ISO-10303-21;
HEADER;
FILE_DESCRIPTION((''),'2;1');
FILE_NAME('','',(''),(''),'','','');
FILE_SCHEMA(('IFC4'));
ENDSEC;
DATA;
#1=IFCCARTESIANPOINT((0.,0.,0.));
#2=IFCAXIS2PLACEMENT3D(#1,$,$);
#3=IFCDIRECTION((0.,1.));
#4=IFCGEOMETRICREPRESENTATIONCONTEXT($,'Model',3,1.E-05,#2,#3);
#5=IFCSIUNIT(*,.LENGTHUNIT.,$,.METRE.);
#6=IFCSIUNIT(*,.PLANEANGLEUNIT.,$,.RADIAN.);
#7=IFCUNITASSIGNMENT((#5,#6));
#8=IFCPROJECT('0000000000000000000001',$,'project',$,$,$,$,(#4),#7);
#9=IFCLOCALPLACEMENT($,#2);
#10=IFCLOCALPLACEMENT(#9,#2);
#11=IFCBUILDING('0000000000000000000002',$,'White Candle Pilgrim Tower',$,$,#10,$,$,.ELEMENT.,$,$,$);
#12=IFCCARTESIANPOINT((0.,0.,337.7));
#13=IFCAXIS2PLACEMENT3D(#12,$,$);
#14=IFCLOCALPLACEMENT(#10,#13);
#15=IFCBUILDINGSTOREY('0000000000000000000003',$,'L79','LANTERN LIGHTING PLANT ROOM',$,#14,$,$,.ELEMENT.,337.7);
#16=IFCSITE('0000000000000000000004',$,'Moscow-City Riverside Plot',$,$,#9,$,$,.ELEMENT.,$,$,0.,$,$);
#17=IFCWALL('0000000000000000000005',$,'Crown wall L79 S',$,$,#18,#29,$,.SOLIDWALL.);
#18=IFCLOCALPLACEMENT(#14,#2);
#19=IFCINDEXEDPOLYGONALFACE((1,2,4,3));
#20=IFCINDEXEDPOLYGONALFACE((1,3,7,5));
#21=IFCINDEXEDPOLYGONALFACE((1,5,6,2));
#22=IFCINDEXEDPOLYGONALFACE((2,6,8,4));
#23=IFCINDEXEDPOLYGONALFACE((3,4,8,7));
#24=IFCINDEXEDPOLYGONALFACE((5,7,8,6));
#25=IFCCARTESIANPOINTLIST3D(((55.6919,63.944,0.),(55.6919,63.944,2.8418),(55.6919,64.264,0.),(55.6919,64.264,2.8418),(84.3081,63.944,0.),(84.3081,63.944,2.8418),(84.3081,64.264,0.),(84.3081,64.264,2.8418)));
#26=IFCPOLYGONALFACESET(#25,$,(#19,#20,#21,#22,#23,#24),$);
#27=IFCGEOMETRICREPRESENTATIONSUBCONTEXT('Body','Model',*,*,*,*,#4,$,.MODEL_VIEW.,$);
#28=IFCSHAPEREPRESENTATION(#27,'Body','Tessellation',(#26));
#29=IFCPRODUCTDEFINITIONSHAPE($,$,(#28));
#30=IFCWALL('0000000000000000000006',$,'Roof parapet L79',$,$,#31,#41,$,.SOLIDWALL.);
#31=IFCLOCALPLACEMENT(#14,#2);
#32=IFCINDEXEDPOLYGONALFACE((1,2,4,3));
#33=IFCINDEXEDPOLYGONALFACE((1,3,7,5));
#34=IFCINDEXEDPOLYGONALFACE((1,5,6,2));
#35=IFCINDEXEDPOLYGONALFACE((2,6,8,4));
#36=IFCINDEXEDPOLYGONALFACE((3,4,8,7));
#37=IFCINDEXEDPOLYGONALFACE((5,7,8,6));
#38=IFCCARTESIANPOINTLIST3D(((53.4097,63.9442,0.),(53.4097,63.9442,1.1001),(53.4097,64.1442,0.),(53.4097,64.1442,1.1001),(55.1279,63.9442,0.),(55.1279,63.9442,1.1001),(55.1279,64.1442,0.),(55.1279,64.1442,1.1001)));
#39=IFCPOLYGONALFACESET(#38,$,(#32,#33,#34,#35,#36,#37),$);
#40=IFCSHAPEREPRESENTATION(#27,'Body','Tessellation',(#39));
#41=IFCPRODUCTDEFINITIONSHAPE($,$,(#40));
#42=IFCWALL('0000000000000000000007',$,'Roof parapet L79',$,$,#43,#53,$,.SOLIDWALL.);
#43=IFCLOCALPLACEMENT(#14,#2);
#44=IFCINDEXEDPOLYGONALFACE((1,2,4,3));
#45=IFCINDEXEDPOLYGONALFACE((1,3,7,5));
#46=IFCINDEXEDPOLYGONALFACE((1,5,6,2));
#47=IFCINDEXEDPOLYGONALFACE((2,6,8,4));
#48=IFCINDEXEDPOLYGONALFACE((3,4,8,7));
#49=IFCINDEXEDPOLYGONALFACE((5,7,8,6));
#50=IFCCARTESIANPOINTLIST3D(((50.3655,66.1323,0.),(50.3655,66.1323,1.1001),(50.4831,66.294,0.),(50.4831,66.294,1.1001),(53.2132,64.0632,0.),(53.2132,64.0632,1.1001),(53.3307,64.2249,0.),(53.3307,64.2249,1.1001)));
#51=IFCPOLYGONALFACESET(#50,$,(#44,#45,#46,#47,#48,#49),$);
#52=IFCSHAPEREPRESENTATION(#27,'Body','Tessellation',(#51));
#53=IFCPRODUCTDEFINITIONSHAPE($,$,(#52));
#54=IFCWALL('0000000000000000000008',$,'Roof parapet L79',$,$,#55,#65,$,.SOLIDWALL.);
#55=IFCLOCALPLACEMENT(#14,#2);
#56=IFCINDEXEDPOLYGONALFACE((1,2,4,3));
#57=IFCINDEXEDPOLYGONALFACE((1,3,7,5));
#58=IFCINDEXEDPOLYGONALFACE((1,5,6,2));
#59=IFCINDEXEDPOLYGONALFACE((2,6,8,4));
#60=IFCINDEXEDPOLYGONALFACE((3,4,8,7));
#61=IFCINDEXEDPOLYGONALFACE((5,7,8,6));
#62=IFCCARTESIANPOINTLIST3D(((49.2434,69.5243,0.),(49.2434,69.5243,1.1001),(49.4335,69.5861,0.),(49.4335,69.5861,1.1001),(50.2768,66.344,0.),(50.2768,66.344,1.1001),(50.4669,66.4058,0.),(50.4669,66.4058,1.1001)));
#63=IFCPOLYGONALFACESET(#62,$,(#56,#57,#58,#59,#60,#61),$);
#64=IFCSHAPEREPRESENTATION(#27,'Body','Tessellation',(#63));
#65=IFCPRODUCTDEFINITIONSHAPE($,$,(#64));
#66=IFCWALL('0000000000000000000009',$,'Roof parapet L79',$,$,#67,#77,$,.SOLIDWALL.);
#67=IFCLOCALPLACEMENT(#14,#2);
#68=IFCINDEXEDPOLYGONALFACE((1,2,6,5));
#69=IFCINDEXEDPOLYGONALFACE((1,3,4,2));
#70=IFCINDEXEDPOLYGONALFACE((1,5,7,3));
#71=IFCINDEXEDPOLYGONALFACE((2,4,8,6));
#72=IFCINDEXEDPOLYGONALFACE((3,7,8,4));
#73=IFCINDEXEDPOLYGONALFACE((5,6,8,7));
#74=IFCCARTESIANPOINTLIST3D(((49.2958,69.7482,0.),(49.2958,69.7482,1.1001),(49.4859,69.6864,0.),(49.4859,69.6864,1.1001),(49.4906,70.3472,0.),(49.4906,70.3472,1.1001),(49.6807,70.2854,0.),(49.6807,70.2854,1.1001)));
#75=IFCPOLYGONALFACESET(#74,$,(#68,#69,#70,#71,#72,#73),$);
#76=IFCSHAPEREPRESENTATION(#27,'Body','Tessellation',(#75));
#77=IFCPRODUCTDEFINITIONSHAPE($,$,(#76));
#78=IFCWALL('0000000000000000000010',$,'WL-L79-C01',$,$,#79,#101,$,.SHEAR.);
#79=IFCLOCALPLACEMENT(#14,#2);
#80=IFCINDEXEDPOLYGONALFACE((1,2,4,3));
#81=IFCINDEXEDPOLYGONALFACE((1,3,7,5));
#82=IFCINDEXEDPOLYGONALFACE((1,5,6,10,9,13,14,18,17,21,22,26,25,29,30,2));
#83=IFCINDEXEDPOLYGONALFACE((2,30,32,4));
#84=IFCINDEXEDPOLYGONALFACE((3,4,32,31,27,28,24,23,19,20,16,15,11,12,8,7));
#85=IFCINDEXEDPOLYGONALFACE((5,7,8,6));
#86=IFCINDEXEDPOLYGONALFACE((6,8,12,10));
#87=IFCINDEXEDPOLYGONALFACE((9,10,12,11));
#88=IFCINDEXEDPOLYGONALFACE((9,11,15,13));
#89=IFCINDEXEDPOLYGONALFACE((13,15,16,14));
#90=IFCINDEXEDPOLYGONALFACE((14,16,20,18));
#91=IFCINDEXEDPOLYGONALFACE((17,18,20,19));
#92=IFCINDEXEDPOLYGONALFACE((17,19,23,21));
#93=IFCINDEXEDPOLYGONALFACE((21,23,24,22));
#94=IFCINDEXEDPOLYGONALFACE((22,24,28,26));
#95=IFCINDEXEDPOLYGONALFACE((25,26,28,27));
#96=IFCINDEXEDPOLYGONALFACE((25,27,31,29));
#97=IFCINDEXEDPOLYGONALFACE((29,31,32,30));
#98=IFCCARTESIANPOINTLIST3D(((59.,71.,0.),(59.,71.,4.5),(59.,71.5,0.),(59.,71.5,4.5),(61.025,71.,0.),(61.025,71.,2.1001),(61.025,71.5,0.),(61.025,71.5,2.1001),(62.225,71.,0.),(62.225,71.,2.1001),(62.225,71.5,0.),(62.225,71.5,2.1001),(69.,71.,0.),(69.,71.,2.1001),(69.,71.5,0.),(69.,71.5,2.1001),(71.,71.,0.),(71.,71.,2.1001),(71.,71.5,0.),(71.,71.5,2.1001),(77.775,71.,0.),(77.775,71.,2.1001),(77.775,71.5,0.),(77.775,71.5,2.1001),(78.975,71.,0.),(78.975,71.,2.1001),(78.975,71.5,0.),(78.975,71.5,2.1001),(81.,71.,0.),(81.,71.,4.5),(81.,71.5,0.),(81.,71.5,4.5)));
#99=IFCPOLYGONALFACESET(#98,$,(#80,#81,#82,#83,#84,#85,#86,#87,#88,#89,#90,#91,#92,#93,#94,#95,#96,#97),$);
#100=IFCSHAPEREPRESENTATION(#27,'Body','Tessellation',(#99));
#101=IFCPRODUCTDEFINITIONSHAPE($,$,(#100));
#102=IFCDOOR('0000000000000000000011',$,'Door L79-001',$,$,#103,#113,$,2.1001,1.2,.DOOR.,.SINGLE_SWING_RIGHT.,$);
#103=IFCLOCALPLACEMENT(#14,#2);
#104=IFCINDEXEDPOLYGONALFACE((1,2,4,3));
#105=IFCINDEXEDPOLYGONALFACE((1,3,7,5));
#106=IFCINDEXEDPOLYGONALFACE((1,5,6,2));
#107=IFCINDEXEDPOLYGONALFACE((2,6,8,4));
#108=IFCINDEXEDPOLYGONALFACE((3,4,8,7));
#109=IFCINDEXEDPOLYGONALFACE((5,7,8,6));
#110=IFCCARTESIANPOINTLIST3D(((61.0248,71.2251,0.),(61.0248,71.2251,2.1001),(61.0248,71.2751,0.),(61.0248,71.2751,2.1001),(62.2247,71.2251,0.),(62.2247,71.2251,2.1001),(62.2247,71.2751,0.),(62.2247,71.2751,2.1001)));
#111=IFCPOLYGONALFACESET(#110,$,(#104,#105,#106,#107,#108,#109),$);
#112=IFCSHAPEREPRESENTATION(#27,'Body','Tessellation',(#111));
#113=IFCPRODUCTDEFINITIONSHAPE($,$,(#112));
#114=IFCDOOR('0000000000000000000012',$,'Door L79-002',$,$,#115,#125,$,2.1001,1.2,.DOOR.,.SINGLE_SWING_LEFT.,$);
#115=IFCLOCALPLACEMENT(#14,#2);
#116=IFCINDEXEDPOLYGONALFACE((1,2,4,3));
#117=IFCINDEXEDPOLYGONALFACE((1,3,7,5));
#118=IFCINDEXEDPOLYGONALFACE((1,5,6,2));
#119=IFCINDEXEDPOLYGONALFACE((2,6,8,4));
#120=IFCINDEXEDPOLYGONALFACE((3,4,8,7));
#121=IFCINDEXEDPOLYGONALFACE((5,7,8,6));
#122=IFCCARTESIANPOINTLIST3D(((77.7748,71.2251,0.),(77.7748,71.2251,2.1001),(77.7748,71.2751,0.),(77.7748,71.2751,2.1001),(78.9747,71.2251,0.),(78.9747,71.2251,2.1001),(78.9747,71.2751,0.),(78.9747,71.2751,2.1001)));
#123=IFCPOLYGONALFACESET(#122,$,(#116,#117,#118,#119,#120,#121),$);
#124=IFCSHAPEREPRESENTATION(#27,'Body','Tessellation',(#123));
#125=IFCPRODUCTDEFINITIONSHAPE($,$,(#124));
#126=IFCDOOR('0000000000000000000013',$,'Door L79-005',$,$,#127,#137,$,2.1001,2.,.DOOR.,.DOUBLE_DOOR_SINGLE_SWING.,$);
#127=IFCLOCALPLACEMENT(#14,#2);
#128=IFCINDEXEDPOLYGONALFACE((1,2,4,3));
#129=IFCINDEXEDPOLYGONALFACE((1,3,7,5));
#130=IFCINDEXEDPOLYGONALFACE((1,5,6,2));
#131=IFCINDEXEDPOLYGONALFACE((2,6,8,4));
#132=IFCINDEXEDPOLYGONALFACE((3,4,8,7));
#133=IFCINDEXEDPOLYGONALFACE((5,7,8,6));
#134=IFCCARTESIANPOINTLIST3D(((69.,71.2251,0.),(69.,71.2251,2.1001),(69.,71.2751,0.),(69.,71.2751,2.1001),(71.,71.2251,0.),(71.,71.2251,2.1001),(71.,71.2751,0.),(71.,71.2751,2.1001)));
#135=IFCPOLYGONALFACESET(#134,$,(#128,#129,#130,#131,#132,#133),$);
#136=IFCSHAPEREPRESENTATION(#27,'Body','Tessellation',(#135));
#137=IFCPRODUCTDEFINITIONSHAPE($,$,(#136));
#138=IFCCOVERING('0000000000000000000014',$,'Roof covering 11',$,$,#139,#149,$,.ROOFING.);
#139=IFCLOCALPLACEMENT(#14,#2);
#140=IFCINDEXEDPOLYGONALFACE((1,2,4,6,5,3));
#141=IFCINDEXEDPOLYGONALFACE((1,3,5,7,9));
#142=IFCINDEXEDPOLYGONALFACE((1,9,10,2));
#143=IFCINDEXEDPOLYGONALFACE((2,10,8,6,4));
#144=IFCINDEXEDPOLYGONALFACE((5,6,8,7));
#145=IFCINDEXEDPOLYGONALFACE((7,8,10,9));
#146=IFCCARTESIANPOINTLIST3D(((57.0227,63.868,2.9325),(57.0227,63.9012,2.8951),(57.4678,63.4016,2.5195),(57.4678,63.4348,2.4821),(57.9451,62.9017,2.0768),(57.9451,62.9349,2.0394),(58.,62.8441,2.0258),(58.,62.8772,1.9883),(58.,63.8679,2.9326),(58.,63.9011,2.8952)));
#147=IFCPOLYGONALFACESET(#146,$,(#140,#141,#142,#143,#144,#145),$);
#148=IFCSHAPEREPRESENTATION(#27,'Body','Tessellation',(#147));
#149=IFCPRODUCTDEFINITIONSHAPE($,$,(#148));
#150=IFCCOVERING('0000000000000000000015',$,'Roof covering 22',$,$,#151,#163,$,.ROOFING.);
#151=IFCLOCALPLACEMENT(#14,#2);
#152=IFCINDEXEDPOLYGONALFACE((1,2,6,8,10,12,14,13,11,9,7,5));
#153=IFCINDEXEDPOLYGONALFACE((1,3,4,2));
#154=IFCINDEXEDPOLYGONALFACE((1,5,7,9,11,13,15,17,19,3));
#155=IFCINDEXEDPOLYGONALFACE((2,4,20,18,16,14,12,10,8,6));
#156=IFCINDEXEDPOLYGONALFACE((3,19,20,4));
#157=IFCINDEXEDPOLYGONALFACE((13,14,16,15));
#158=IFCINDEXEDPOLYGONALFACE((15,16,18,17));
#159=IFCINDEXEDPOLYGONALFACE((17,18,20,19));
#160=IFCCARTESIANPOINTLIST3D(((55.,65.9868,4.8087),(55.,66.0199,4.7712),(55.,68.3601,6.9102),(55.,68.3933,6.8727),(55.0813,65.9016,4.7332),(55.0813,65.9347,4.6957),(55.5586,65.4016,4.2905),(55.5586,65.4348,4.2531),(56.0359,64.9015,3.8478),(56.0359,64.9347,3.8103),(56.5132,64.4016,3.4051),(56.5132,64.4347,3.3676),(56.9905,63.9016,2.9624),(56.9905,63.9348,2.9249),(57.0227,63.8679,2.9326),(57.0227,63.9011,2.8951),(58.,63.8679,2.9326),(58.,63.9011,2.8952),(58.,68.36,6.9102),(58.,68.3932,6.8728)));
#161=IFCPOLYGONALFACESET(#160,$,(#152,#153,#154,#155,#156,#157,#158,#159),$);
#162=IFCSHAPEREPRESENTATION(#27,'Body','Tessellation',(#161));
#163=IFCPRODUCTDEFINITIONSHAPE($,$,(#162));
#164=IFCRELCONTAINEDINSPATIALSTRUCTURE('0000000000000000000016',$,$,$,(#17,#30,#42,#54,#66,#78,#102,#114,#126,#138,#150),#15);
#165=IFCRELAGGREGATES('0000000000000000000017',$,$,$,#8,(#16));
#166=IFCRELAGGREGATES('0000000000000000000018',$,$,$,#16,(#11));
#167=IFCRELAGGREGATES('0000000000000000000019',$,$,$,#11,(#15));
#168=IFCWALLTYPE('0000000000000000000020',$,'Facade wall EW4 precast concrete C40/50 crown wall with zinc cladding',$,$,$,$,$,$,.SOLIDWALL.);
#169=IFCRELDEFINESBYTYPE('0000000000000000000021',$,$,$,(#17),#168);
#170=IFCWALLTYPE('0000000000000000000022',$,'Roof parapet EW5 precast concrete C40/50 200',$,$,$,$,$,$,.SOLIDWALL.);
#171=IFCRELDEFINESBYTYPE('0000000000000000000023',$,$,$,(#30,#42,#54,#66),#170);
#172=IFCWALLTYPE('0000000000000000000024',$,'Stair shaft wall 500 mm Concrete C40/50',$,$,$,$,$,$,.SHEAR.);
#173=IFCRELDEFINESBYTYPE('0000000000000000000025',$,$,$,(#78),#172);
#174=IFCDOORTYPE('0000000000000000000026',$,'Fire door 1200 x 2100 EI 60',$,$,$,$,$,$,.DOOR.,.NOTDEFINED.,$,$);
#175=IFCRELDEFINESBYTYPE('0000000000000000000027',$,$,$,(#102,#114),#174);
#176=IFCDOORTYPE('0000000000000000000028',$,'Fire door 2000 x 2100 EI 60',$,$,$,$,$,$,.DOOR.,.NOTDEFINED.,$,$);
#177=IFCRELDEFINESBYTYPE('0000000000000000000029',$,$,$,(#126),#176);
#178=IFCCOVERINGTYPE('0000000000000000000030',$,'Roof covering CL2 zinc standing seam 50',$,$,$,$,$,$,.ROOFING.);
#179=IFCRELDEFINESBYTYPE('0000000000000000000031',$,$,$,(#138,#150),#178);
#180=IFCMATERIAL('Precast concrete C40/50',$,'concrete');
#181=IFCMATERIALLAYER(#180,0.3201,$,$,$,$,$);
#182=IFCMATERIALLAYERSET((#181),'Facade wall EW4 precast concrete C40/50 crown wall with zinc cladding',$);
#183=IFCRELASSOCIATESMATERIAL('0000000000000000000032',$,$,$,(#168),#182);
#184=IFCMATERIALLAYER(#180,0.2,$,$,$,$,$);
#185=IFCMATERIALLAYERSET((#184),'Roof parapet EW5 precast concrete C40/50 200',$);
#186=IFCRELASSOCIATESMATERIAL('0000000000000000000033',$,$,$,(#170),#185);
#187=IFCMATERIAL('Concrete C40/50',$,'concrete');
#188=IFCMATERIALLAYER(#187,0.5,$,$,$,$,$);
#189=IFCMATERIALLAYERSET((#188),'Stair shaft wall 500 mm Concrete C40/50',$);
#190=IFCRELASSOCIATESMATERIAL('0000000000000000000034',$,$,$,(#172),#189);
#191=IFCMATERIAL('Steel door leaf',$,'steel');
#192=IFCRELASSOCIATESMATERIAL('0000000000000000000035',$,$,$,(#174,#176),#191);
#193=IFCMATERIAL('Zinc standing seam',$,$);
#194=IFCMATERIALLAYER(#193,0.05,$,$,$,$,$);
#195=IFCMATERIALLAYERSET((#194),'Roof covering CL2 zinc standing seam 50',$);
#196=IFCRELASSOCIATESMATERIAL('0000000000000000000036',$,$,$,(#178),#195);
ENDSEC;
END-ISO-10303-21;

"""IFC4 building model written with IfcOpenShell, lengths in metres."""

from ifc_helpers import new_model, si_unit, direction, frame, frame_2d, origin, place, context, subcontext, project, spatial, polyline, rectangle, outline, extrude, material, layer, layer_set, type_object, element, fill, save


model = new_model("IFC4")

# Units and contexts
model_context = context("Model", 3, precision=1e-05, world=origin(), true_north=direction((0.0, 1.0)))
body_context = subcontext(model_context, "Body", "Model", "MODEL_VIEW")
ifc_project = project(units=[si_unit("LENGTHUNIT", "METRE"), si_unit("PLANEANGLEUNIT", "RADIAN")], contexts=[model_context])

# Site, building, storey
site_placement = place(None, origin())
site = spatial("IfcSite", under=ifc_project, at=site_placement, Name="Moscow-City Riverside Plot", CompositionType="ELEMENT", RefElevation=0.0)
building_placement = place(site_placement, origin())
building = spatial("IfcBuilding", under=site, at=building_placement, Name="White Candle Pilgrim Tower", CompositionType="ELEMENT")
storey_placement = place(building_placement, frame((0.0, 0.0, 337.7)))
storey = spatial("IfcBuildingStorey", under=building, at=storey_placement, Name="L79", Description="LANTERN LIGHTING PLANT ROOM", CompositionType="ELEMENT", Elevation=337.7)

# Shared definitions
ifc_material_1 = material(Name="Concrete C40/50", Category="concrete")

# Shared definitions
ifc_material_2 = material(Name="Steel door leaf", Category="steel")

# Walls
ifc_material_3 = material(Name="Precast concrete C40/50", Category="concrete")
ifc_layer_1 = layer(ifc_material_3, 0.3201)
ifc_layer_set_1 = layer_set([ifc_layer_1], Name="Facade wall EW4 precast concrete C40/50 crown wall with zinc cladding")
wall_type_1 = type_object("IfcWallType", Name="Facade wall EW4 precast concrete C40/50 crown wall with zinc cladding", PredefinedType="SOLIDWALL", material=ifc_layer_set_1)
wall_1_placement = place(storey_placement, frame((55.6919, 64.104, 0.0), z_axis=(0.0, 0.0, 1.0), x_axis=(1.0, 0.0, 0.0)))
element("IfcWall", 1, at=wall_1_placement, inside=storey, type_object=wall_type_1, Name="Crown wall L79 S", PredefinedType="SOLIDWALL", context=body_context, shape_type="SweptSolid", body=[
    extrude(rectangle(XDim=28.6162, YDim=0.3201, at=frame_2d((14.3081, 0.0))), origin(), (0.0, 0.0, 1.0), 2.8418),
])
ifc_layer_2 = layer(ifc_material_3, 0.2)
ifc_layer_set_2 = layer_set([ifc_layer_2], Name="Roof parapet EW5 precast concrete C40/50 200")
wall_type_2 = type_object("IfcWallType", Name="Roof parapet EW5 precast concrete C40/50 200", PredefinedType="SOLIDWALL", material=ifc_layer_set_2)
wall_2_placement = place(storey_placement, frame((55.1279, 64.0442, 0.0), z_axis=(0.0, 0.0, 1.0), x_axis=(-1.0, 0.0, 0.0)))
element("IfcWall", 2, at=wall_2_placement, inside=storey, type_object=wall_type_2, Name="Roof parapet L79", PredefinedType="SOLIDWALL", context=body_context, shape_type="SweptSolid", body=[
    extrude(rectangle(XDim=1.7183, YDim=0.2, at=frame_2d((0.8591, 0.0))), origin(), (0.0, 0.0, 1.0), 1.1001),
])
wall_3_placement = place(storey_placement, frame((53.272, 64.144, 0.0), z_axis=(0.0, 0.0, 1.0), x_axis=(-0.808997, 0.587813, 0.0)))
element("IfcWall", 3, at=wall_3_placement, inside=storey, type_object=wall_type_2, Name="Roof parapet L79", PredefinedType="SOLIDWALL", context=body_context, shape_type="SweptSolid", body=[
    extrude(rectangle(XDim=3.52, YDim=0.2, at=frame_2d((1.76, 0.0))), origin(), (0.0, 0.0, 1.0), 1.1001),
])
wall_4_placement = place(storey_placement, frame((50.3718, 66.375, 0.0), z_axis=(0.0, 0.0, 1.0), x_axis=(-0.309035, 0.951051, 0.0)))
element("IfcWall", 4, at=wall_4_placement, inside=storey, type_object=wall_type_2, Name="Roof parapet L79", PredefinedType="SOLIDWALL", context=body_context, shape_type="SweptSolid", body=[
    extrude(rectangle(XDim=3.344, YDim=0.2, at=frame_2d((1.6719, 0.0))), origin(), (0.0, 0.0, 1.0), 1.1001),
])
wall_5_placement = place(storey_placement, frame((49.3909, 69.7173, 0.0), z_axis=(0.0, 0.0, 1.0), x_axis=(0.309244, 0.950983, 0.0)))
element("IfcWall", 5, at=wall_5_placement, inside=storey, type_object=wall_type_2, Name="Roof parapet L79", PredefinedType="SOLIDWALL", context=body_context, shape_type="SweptSolid", body=[
    extrude(rectangle(XDim=0.6299, YDim=0.2, at=frame_2d((0.3149, 0.0))), origin(), (0.0, 0.0, 1.0), 1.1001),
])

# Wall, openings, doors
ifc_layer_3 = layer(ifc_material_1, 0.5)
ifc_layer_set_3 = layer_set([ifc_layer_3], Name="Stair shaft wall 500 mm Concrete C40/50")
wall_type_3 = type_object("IfcWallType", Name="Stair shaft wall 500 mm Concrete C40/50", PredefinedType="SHEAR", material=ifc_layer_set_3)
wall_6_placement = place(storey_placement, frame((59.0, 71.25, 0.0), z_axis=(0.0, 0.0, 1.0), x_axis=(1.0, 0.0, 0.0)))
wall_6 = element("IfcWall", 6, at=wall_6_placement, inside=storey, type_object=wall_type_3, Name="WL-L79-C01", PredefinedType="SHEAR", context=body_context, shape_type="SweptSolid", body=[
    extrude(rectangle(XDim=22.0, YDim=0.5, at=frame_2d((11.0, 0.0))), origin(), (0.0, 0.0, 1.0), 4.5),
])
opening_1_placement = place(wall_6_placement, frame((2.0249, 0.0, 0.0)))
opening_1 = element("IfcOpeningElement", 7, at=opening_1_placement, cuts=wall_6, PredefinedType="OPENING", context=body_context, shape_type="SweptSolid", body=[
    extrude(rectangle(XDim=1.2, YDim=2.1001, at=frame_2d((0.6001, 1.05))), frame((0.0, 0.26, 0.0), z_axis=(0.0, -1.0, 0.0), x_axis=(1.0, 0.0, 0.0)), (0.0, 0.0, 1.0), 0.52),
])
opening_2_placement = place(wall_6_placement, frame((18.7749, 0.0, 0.0)))
opening_2 = element("IfcOpeningElement", 8, at=opening_2_placement, cuts=wall_6, PredefinedType="OPENING", context=body_context, shape_type="SweptSolid", body=[
    extrude(rectangle(XDim=1.2, YDim=2.1001, at=frame_2d((0.6001, 1.05))), frame((0.0, 0.26, 0.0), z_axis=(0.0, -1.0, 0.0), x_axis=(1.0, 0.0, 0.0)), (0.0, 0.0, 1.0), 0.52),
])
opening_3_placement = place(wall_6_placement, frame((10.0, 0.0, 0.0)))
opening_3 = element("IfcOpeningElement", 9, at=opening_3_placement, cuts=wall_6, PredefinedType="OPENING", context=body_context, shape_type="SweptSolid", body=[
    extrude(rectangle(XDim=2.0, YDim=2.1001, at=frame_2d((1.0, 1.05))), frame((0.0, 0.26, 0.0), z_axis=(0.0, -1.0, 0.0), x_axis=(1.0, 0.0, 0.0)), (0.0, 0.0, 1.0), 0.52),
])
door_type_1 = type_object("IfcDoorType", Name="Fire door 1200 x 2100 EI 60", OperationType="NOTDEFINED", PredefinedType="DOOR", material=ifc_material_2)
door_1_placement = place(opening_1_placement, frame((1.2, 0.0, 0.0), z_axis=(0.0, 0.0, 1.0), x_axis=(-1.0, 0.0, 0.0)))
door_1 = element("IfcDoor", 10, at=door_1_placement, inside=storey, type_object=door_type_1, Name="Door L79-001", OperationType="SINGLE_SWING_RIGHT", OverallHeight=2.1001, OverallWidth=1.2, PredefinedType="DOOR", context=body_context, shape_type="SweptSolid", body=[
    extrude(rectangle(XDim=1.2, YDim=2.1001, at=frame_2d((0.6001, 1.05))), frame((0.0, 0.0249, 0.0), z_axis=(0.0, -1.0, 0.0), x_axis=(1.0, 0.0, 0.0)), (0.0, 0.0, 1.0), 0.05),
])
fill(opening_1, door_1)
door_2_placement = place(opening_2_placement, frame((1.2, 0.0, 0.0), z_axis=(0.0, 0.0, 1.0), x_axis=(-1.0, 0.0, 0.0)))
door_2 = element("IfcDoor", 11, at=door_2_placement, inside=storey, type_object=door_type_1, Name="Door L79-002", OperationType="SINGLE_SWING_LEFT", OverallHeight=2.1001, OverallWidth=1.2, PredefinedType="DOOR", context=body_context, shape_type="SweptSolid", body=[
    extrude(rectangle(XDim=1.2, YDim=2.1001, at=frame_2d((0.6001, 1.05))), frame((0.0, 0.0249, 0.0), z_axis=(0.0, -1.0, 0.0), x_axis=(1.0, 0.0, 0.0)), (0.0, 0.0, 1.0), 0.05),
])
fill(opening_2, door_2)
door_type_2 = type_object("IfcDoorType", Name="Fire door 2000 x 2100 EI 60", OperationType="NOTDEFINED", PredefinedType="DOOR", material=ifc_material_2)
door_3_placement = place(opening_3_placement, frame((2.0, 0.0, 0.0), z_axis=(0.0, 0.0, 1.0), x_axis=(-1.0, 0.0, 0.0)))
door_3 = element("IfcDoor", 12, at=door_3_placement, inside=storey, type_object=door_type_2, Name="Door L79-005", OperationType="DOUBLE_DOOR_SINGLE_SWING", OverallHeight=2.1001, OverallWidth=2.0, PredefinedType="DOOR", context=body_context, shape_type="SweptSolid", body=[
    extrude(rectangle(XDim=2.0, YDim=2.1001, at=frame_2d((1.0, 1.05))), frame((0.0, 0.0249, 0.0), z_axis=(0.0, -1.0, 0.0), x_axis=(1.0, 0.0, 0.0)), (0.0, 0.0, 1.0), 0.05),
])
fill(opening_3, door_3)

# Coverings
ifc_material_4 = material(Name="Zinc standing seam")
ifc_layer_4 = layer(ifc_material_4, 0.05)
ifc_layer_set_4 = layer_set([ifc_layer_4], Name="Roof covering CL2 zinc standing seam 50")
covering_type_1 = type_object("IfcCoveringType", Name="Roof covering CL2 zinc standing seam 50", PredefinedType="ROOFING", material=ifc_layer_set_4)
covering_1_placement = place(storey_placement, frame((58.0, 63.8679, 2.9326), z_axis=(-0.000105, -0.663023, 0.748599), x_axis=(0.0, -0.748599, -0.663023)))
element("IfcCovering", 13, at=covering_1_placement, inside=storey, type_object=covering_type_1, Name="Roof covering 11", PredefinedType="ROOFING", context=body_context, shape_type="SweptSolid", body=[
    extrude(outline(polyline([(0.0, 0.0), (1.3677, 0.0), (1.2907, -0.0549), (0.623, -0.5322), (0.0, -0.9773), (0.0, 0.0)])), origin(), (0.0, 0.0, -1.0), 0.05),
])
covering_2_placement = place(storey_placement, frame((55.0, 68.3601, 6.9102), z_axis=(-0.000032, -0.662928, 0.748683), x_axis=(1.0, -0.000021, 0.000024)))
element("IfcCovering", 14, at=covering_2_placement, inside=storey, type_object=covering_type_1, Name="Roof covering 22", PredefinedType="ROOFING", context=body_context, shape_type="SweptSolid", body=[
    extrude(outline(polyline([(0.0, 0.0), (3.0, 0.0), (3.0, -6.0), (2.0227, -6.0), (1.9905, -5.9551), (1.5132, -5.2873), (1.0359, -4.6195), (0.5586, -3.9516), (0.0813, -3.2838), (0.0, -3.17), (0.0, 0.0)])), origin(), (0.0, 0.0, -1.0), 0.05),
])

save(model, "model.ifc")
